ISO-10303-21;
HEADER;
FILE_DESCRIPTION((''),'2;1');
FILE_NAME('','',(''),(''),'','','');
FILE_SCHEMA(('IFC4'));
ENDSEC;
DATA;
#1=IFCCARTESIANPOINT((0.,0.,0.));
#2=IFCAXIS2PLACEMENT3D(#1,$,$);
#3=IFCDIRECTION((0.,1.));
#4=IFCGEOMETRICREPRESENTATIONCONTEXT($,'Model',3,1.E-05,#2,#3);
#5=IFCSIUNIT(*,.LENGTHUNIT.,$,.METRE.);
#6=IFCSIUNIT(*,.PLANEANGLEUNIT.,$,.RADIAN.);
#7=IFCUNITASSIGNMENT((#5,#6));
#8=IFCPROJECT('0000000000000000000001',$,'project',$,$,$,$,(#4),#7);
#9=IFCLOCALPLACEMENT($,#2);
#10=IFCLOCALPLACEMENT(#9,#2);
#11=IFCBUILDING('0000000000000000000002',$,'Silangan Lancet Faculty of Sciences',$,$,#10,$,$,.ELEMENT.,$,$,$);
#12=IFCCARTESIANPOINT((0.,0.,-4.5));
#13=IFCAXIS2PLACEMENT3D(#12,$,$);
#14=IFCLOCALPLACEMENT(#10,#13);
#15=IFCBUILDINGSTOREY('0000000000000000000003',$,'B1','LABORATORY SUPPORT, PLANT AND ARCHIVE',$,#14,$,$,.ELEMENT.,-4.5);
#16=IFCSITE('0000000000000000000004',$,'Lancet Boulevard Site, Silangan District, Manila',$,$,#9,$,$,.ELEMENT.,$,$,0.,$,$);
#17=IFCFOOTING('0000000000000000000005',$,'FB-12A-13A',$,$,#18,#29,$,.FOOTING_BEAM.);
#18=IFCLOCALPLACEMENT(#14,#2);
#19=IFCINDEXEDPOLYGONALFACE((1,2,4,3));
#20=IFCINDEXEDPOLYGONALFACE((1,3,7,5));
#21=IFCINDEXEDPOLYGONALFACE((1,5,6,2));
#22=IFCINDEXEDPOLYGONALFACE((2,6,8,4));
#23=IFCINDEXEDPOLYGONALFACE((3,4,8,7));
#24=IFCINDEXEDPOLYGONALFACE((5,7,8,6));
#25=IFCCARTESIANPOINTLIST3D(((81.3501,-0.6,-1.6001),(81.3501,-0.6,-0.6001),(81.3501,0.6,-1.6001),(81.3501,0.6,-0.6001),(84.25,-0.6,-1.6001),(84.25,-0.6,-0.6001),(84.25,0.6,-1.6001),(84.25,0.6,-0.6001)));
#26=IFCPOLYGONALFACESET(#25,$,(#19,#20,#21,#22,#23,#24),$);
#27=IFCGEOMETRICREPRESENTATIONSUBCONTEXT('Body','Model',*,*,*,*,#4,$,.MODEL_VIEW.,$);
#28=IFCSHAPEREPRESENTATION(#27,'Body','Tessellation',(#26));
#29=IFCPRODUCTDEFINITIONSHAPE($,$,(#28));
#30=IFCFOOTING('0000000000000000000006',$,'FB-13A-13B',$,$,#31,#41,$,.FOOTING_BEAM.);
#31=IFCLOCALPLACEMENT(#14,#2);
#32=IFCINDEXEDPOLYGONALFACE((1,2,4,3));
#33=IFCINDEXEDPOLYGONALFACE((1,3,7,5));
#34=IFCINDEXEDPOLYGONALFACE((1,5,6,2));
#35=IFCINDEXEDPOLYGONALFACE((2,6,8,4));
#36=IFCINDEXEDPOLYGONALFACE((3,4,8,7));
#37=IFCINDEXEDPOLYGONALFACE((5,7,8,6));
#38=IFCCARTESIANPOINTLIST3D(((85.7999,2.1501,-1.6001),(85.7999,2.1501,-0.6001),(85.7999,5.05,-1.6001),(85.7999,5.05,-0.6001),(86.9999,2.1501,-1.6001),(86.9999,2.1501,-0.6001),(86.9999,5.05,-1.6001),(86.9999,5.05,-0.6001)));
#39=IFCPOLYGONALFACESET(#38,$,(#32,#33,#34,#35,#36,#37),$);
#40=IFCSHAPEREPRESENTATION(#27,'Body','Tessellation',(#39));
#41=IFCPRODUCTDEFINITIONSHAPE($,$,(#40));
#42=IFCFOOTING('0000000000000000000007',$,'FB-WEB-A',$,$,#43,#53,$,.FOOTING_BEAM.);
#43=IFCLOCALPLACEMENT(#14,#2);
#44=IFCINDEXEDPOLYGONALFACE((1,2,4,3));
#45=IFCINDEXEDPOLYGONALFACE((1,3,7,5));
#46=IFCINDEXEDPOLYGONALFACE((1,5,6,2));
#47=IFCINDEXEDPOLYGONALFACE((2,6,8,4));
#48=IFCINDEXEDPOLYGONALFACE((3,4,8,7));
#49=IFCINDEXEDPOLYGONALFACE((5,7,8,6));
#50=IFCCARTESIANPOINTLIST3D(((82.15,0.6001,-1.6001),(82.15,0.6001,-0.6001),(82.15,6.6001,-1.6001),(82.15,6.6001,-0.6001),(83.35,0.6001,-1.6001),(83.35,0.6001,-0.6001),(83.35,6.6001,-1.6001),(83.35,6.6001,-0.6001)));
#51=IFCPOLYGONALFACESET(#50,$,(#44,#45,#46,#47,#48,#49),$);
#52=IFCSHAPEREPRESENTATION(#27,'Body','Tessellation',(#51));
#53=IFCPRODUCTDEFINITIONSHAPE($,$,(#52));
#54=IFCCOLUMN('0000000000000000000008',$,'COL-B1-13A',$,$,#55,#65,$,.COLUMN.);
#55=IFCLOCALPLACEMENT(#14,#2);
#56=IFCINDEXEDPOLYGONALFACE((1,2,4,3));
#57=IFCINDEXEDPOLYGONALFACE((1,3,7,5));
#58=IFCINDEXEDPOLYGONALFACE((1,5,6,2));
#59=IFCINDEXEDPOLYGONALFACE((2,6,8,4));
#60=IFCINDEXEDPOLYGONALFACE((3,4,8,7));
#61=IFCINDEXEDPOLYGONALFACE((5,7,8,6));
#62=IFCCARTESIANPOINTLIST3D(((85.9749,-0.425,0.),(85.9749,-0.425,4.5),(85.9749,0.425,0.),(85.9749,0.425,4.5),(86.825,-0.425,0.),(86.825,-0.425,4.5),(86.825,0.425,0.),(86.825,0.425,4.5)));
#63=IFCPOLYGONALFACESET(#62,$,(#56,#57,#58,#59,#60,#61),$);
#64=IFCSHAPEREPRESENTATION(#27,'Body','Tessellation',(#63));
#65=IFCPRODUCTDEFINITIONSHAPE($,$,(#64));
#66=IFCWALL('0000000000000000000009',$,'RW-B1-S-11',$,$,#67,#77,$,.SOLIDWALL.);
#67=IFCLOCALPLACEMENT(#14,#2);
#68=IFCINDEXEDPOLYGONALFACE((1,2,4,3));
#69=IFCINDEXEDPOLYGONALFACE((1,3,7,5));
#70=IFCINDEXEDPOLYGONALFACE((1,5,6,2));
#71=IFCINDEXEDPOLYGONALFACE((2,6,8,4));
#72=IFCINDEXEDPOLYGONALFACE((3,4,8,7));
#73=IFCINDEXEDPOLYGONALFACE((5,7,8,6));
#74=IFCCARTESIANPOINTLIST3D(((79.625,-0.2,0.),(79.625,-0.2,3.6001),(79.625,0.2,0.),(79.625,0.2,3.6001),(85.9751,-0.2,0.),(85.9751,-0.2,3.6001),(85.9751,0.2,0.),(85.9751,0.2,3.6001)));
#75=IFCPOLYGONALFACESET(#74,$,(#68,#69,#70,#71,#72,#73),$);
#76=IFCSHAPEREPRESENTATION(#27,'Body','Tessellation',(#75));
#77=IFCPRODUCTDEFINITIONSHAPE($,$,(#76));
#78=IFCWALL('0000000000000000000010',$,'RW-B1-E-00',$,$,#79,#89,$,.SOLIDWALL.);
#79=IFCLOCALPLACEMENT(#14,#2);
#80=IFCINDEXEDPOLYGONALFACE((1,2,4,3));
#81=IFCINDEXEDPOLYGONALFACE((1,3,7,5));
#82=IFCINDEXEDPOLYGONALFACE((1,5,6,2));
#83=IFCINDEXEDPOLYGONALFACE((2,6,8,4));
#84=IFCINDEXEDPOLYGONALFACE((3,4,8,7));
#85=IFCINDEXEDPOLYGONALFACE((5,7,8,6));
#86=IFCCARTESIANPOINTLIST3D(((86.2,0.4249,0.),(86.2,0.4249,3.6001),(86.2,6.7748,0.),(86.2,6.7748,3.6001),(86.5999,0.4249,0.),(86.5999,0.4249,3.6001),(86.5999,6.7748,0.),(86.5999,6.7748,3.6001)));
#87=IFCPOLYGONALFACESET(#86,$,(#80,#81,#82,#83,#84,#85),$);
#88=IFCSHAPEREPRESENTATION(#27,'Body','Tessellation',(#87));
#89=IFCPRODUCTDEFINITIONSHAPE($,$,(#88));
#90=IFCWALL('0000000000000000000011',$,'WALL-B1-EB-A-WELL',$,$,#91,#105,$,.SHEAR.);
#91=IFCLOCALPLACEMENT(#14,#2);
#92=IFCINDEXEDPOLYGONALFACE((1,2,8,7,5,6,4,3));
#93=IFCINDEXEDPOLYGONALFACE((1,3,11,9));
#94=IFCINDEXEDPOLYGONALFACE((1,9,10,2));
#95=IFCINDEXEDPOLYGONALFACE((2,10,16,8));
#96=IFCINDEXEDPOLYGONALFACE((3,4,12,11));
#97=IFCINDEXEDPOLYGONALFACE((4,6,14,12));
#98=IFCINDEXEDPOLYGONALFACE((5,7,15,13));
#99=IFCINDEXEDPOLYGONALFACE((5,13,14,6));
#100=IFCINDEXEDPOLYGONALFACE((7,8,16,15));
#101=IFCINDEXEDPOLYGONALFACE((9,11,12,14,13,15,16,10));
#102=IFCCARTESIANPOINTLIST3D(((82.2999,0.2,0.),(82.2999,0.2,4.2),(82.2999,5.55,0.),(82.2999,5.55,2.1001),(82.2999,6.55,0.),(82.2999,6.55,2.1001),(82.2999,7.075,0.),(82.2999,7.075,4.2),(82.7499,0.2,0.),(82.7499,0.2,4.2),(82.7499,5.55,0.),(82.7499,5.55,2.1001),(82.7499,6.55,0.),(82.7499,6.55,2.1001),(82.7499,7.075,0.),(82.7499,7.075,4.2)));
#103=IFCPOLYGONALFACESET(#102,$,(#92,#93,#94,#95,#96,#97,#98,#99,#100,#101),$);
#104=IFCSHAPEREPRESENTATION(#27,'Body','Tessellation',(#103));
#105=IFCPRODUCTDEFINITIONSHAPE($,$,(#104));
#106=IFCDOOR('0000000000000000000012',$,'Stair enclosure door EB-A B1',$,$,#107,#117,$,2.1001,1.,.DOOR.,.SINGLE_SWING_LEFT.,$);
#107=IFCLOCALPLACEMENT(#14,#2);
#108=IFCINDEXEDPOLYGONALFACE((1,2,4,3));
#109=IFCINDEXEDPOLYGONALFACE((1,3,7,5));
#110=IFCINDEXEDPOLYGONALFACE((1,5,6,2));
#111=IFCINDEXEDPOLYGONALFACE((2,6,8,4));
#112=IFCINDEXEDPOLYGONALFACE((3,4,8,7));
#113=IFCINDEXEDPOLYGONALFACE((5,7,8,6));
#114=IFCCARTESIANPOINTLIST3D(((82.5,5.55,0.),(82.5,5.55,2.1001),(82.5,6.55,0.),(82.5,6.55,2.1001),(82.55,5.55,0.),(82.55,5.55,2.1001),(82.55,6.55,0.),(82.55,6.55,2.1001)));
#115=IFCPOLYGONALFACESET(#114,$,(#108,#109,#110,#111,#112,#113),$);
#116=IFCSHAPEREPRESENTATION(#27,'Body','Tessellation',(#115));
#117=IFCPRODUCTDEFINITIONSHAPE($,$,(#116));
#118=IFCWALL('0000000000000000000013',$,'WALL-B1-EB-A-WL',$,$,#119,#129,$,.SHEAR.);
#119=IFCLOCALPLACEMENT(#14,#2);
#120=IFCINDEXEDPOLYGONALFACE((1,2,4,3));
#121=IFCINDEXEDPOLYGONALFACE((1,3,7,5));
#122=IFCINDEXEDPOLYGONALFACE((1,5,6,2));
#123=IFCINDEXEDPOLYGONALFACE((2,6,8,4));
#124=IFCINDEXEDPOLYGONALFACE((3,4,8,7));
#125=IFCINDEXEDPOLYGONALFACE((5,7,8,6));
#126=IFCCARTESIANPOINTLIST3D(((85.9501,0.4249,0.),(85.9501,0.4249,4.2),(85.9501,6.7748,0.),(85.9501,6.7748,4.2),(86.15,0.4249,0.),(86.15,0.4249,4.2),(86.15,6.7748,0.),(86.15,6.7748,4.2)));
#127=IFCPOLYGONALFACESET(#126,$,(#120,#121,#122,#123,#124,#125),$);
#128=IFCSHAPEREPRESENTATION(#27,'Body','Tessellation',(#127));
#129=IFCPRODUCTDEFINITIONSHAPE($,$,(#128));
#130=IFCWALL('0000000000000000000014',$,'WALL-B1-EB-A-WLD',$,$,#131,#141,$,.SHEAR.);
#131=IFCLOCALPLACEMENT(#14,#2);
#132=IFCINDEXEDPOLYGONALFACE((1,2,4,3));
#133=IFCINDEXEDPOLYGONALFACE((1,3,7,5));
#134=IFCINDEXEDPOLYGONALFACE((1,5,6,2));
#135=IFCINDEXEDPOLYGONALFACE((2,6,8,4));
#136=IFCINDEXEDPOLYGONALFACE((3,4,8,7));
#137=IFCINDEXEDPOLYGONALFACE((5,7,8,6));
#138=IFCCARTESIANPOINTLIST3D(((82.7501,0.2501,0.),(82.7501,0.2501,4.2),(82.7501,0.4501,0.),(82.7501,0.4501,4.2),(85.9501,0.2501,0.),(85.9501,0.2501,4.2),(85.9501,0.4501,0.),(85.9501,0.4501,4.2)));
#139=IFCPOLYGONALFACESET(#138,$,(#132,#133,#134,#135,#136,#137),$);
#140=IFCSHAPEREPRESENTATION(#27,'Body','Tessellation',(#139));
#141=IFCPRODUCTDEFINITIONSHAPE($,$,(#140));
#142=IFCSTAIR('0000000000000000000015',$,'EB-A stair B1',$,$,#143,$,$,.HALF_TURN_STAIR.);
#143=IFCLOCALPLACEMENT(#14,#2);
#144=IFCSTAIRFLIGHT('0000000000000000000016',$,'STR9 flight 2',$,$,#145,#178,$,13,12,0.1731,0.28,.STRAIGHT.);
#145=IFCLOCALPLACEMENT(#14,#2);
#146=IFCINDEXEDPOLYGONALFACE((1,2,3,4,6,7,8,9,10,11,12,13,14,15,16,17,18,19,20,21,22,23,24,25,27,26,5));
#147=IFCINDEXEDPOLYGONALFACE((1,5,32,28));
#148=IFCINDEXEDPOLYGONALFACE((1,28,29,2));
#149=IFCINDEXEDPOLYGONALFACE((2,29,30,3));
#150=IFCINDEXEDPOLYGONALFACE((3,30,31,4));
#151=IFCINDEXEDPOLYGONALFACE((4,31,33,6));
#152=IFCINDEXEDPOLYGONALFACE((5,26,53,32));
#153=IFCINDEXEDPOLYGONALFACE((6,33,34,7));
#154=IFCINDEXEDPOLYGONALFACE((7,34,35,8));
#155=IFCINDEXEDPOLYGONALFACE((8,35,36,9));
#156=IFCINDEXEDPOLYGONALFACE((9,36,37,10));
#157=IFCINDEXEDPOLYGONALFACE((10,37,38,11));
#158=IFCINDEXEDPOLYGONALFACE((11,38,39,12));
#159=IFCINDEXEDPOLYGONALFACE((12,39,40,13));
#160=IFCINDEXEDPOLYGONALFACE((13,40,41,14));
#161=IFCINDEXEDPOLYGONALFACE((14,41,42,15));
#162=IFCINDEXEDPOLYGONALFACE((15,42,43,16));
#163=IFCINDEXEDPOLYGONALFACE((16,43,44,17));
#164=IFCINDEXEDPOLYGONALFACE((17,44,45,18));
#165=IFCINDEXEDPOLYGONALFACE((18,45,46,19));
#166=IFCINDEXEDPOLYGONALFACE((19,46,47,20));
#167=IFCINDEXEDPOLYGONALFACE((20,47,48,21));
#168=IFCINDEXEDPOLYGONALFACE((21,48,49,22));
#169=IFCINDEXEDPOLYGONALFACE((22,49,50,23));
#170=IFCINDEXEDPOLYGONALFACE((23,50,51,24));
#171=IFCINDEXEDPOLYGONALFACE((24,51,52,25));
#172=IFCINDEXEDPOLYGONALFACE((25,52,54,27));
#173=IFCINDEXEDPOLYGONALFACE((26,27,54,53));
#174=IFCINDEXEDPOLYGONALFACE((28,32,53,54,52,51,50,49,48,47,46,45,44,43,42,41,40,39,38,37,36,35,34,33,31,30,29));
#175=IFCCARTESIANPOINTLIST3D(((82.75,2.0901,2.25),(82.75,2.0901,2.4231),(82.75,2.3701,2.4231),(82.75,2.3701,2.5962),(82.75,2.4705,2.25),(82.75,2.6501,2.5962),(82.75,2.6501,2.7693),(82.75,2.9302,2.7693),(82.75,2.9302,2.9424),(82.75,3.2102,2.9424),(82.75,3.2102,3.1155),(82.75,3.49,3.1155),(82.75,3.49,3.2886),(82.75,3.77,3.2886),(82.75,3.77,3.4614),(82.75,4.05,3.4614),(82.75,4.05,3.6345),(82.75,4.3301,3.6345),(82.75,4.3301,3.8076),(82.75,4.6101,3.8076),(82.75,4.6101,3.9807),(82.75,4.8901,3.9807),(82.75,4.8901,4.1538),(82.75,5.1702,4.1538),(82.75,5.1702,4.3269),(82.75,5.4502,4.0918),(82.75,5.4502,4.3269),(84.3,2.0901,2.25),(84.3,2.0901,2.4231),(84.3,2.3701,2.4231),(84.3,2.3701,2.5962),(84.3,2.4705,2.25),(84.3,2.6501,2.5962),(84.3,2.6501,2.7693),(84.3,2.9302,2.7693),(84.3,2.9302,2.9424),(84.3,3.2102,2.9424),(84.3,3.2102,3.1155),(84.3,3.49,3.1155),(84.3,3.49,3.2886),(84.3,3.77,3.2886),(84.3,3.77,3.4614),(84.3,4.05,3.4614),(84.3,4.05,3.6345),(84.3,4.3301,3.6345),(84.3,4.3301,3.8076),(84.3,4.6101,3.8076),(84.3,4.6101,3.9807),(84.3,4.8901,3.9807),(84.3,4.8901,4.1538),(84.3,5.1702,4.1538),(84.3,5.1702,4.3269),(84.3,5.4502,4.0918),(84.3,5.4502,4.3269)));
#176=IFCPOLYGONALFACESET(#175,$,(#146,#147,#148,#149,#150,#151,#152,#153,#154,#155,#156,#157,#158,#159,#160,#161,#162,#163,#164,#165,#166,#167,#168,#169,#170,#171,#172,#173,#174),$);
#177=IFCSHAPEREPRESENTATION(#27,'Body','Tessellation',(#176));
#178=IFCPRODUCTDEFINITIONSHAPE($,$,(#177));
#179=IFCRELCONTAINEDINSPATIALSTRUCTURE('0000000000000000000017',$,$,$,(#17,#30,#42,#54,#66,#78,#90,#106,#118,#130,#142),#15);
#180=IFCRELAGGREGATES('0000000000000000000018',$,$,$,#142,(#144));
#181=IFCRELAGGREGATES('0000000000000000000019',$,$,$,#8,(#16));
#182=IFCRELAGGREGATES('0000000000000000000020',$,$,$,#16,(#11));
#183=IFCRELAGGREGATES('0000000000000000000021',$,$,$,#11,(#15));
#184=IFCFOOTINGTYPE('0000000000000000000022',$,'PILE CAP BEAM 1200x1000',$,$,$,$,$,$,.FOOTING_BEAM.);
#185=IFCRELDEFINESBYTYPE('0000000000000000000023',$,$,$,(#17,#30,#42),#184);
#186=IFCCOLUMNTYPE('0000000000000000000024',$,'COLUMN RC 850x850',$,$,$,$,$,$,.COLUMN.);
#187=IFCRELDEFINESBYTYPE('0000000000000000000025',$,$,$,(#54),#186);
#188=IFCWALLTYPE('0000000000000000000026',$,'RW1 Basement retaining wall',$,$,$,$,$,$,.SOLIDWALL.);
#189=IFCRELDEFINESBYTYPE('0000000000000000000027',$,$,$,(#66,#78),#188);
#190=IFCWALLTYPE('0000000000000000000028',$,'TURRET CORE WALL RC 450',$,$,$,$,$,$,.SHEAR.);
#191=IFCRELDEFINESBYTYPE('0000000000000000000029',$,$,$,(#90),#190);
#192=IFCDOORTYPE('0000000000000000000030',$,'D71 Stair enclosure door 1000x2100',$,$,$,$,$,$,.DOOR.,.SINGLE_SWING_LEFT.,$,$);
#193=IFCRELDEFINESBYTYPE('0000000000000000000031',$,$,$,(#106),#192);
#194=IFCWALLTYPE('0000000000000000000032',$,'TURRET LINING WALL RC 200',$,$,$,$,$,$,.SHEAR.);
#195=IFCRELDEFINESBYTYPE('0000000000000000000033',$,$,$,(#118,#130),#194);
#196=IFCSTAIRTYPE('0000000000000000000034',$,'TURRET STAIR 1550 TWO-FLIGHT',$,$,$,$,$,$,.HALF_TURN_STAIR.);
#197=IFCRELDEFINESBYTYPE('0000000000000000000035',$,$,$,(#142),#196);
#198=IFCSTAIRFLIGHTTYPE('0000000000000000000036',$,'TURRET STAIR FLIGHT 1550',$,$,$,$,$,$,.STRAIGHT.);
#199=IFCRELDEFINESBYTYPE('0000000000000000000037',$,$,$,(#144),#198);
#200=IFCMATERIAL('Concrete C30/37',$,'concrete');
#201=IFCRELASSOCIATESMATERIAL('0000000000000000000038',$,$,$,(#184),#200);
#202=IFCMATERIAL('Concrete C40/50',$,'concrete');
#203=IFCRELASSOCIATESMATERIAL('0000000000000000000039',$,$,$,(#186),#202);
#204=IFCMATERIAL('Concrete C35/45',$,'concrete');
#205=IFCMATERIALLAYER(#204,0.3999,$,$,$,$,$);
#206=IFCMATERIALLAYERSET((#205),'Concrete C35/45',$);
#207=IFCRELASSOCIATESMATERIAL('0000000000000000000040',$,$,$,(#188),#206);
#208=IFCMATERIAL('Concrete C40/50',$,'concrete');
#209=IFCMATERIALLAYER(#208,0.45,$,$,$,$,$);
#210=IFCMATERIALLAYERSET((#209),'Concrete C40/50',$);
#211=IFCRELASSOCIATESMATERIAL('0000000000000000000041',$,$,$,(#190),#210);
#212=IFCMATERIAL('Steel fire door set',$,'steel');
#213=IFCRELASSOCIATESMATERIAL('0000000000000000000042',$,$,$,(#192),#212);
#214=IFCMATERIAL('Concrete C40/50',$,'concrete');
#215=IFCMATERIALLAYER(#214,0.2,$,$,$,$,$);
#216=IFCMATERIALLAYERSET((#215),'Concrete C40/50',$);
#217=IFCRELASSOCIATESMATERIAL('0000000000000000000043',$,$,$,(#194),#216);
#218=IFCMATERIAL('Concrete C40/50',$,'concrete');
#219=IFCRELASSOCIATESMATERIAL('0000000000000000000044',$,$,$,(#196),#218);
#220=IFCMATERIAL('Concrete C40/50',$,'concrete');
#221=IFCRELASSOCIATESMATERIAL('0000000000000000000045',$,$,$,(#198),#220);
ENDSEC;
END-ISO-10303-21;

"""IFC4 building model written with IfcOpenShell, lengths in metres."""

from ifc_helpers import new_model, si_unit, direction, frame, frame_2d, origin, origin_2d, place, context, subcontext, project, spatial, polyline, rectangle, outline, extrude, material, layer, layer_set, material_profile, profile_set, type_object, element, fill, aggregate, save


model = new_model("IFC4")

# Units and contexts
model_context = context("Model", 3, precision=1e-05, world=origin(), true_north=direction((0.0, 1.0)))
body_context = subcontext(model_context, "Body", "Model", "MODEL_VIEW")
ifc_project = project(units=[si_unit("LENGTHUNIT", "METRE"), si_unit("PLANEANGLEUNIT", "RADIAN")], contexts=[model_context])

# Site, building, storey
site_placement = place(None, origin())
site = spatial("IfcSite", under=ifc_project, at=site_placement, Name="Lancet Boulevard Site, Silangan District, Manila", CompositionType="ELEMENT", RefElevation=0.0)
building_placement = place(site_placement, origin())
building = spatial("IfcBuilding", under=site, at=building_placement, Name="Silangan Lancet Faculty of Sciences", CompositionType="ELEMENT")
storey_placement = place(building_placement, frame((0.0, 0.0, -4.5)))
storey = spatial("IfcBuildingStorey", under=building, at=storey_placement, Name="B1", Description="LABORATORY SUPPORT, PLANT AND ARCHIVE", CompositionType="ELEMENT", Elevation=-4.5)

# Footings
ifc_material_1 = material(Name="Concrete C30/37", Category="concrete")
footing_type_1 = type_object("IfcFootingType", Name="PILE CAP BEAM 1200x1000", PredefinedType="FOOTING_BEAM", material=ifc_material_1)
for number, where, z_axis, x_axis, name in (
    (1, (82.8, 0.0, -1.6001), (0.0, 0.0, 1.0), (1.0, 0.0, 0.0), "FB-12A-13A"),
    (2, (86.3999, 3.6001, -1.6001), (0.0, 0.0, 1.0), (0.0, 1.0, 0.0), "FB-13A-13B"),
):
    element("IfcFooting", number, at=place(storey_placement, frame(where, z_axis=z_axis, x_axis=x_axis)), inside=storey, type_object=footing_type_1, Name=name, PredefinedType="FOOTING_BEAM", context=body_context, shape_type="SweptSolid", body=[
        extrude(rectangle(XDim=2.8999, YDim=1.2, at=origin_2d()), origin(), (0.0, 0.0, 1.0), 1.0),
    ])
footing_1_placement = place(storey_placement, frame((82.75, 3.6001, -1.6001), z_axis=(0.0, 0.0, 1.0), x_axis=(0.0, 1.0, 0.0)))
element("IfcFooting", 3, at=footing_1_placement, inside=storey, type_object=footing_type_1, Name="FB-WEB-A", PredefinedType="FOOTING_BEAM", context=body_context, shape_type="SweptSolid", body=[
    extrude(rectangle(XDim=6.0, YDim=1.2, at=origin_2d()), origin(), (0.0, 0.0, 1.0), 1.0),
])

# Column
ifc_material_2 = material(Name="Concrete C40/50", Category="concrete")
ifc_material_profile_1 = material_profile(ifc_material_2, rectangle(XDim=0.8501, YDim=0.8501, at=origin_2d()), Name="RC 850x850")
ifc_profile_set_1 = profile_set([ifc_material_profile_1], Name="Concrete C40/50")
column_type = type_object("IfcColumnType", Name="COLUMN RC 850x850", PredefinedType="COLUMN", material=ifc_profile_set_1)
column_placement = place(storey_placement, frame((86.3999, 0.0, 0.0), z_axis=(0.0, 0.0, 1.0), x_axis=(1.0, 0.0, 0.0)))
element("IfcColumn", 4, at=column_placement, inside=storey, type_object=column_type, Name="COL-B1-13A", PredefinedType="COLUMN", context=body_context, shape_type="SweptSolid", body=[
    extrude(rectangle(XDim=0.8501, YDim=0.8501, at=origin_2d()), origin(), (0.0, 0.0, 1.0), 4.5),
])

# Walls
ifc_material_3 = material(Name="Concrete C35/45", Category="concrete")
ifc_layer_1 = layer(ifc_material_3, 0.3999)
ifc_layer_set_1 = layer_set([ifc_layer_1], Name="Concrete C35/45")
wall_type_1 = type_object("IfcWallType", Name="RW1 Basement retaining wall", PredefinedType="SOLIDWALL", material=ifc_layer_set_1)
wall_1_placement = place(storey_placement, frame((79.625, 0.0, 0.0), z_axis=(0.0, 0.0, 1.0), x_axis=(1.0, 0.0, 0.0)))
element("IfcWall", 5, at=wall_1_placement, inside=storey, type_object=wall_type_1, Name="RW-B1-S-11", PredefinedType="SOLIDWALL", context=body_context, shape_type="SweptSolid", body=[
    extrude(rectangle(XDim=6.3501, YDim=0.3999, at=frame_2d((3.175, 0.0))), origin(), (0.0, 0.0, 1.0), 3.6001),
])
wall_2_placement = place(storey_placement, frame((86.3999, 0.425, 0.0), z_axis=(0.0, 0.0, 1.0), x_axis=(0.0, 1.0, 0.0)))
element("IfcWall", 6, at=wall_2_placement, inside=storey, type_object=wall_type_1, Name="RW-B1-E-00", PredefinedType="SOLIDWALL", context=body_context, shape_type="SweptSolid", body=[
    extrude(rectangle(XDim=6.3499, YDim=0.3999, at=frame_2d((3.1748, 0.0))), origin(), (0.0, 0.0, 1.0), 3.6001),
])

# Wall, opening, door
ifc_material_4 = material(Name="Concrete C40/50", Category="concrete")
ifc_layer_2 = layer(ifc_material_4, 0.45)
ifc_layer_set_2 = layer_set([ifc_layer_2], Name="Concrete C40/50")
wall_type_2 = type_object("IfcWallType", Name="TURRET CORE WALL RC 450", PredefinedType="SHEAR", material=ifc_layer_set_2)
wall_3_placement = place(storey_placement, frame((82.5249, 0.2, 0.0), z_axis=(0.0, 0.0, 1.0), x_axis=(0.0, 1.0, 0.0)))
wall_3 = element("IfcWall", 7, at=wall_3_placement, inside=storey, type_object=wall_type_2, Name="WALL-B1-EB-A-WELL", PredefinedType="SHEAR", context=body_context, shape_type="SweptSolid", body=[
    extrude(rectangle(XDim=6.875, YDim=0.45, at=frame_2d((3.4375, 0.0))), origin(), (0.0, 0.0, 1.0), 4.2),
])
opening_placement = place(wall_3_placement, frame((5.3501, 0.0, 0.0)))
opening = element("IfcOpeningElement", 8, at=opening_placement, cuts=wall_3, PredefinedType="OPENING", context=body_context, shape_type="SweptSolid", body=[
    extrude(rectangle(XDim=1.0, YDim=2.1001, at=frame_2d((0.5, 1.05))), frame((0.0, 0.2349, 0.0), z_axis=(0.0, -1.0, 0.0), x_axis=(1.0, 0.0, 0.0)), (0.0, 0.0, 1.0), 0.47),
])
ifc_material_5 = material(Name="Steel fire door set", Category="steel")
door_type = type_object("IfcDoorType", Name="D71 Stair enclosure door 1000x2100", OperationType="SINGLE_SWING_LEFT", PredefinedType="DOOR", material=ifc_material_5)
door_placement = place(opening_placement, frame((1.0, 0.0, 0.0), z_axis=(0.0, 0.0, 1.0), x_axis=(-1.0, 0.0, 0.0)))
door = element("IfcDoor", 9, at=door_placement, inside=storey, type_object=door_type, Name="Stair enclosure door EB-A B1", OperationType="SINGLE_SWING_LEFT", OverallHeight=2.1001, OverallWidth=1.0, PredefinedType="DOOR", context=body_context, shape_type="SweptSolid", body=[
    extrude(rectangle(XDim=1.0, YDim=2.1001, at=frame_2d((0.5, 1.05))), frame((0.0, 0.0251, 0.0), z_axis=(0.0, -1.0, 0.0), x_axis=(1.0, 0.0, 0.0)), (0.0, 0.0, 1.0), 0.05),
])
fill(opening, door)

# Walls
ifc_material_6 = material(Name="Concrete C40/50", Category="concrete")
ifc_layer_3 = layer(ifc_material_6, 0.2)
ifc_layer_set_3 = layer_set([ifc_layer_3], Name="Concrete C40/50")
wall_type_3 = type_object("IfcWallType", Name="TURRET LINING WALL RC 200", PredefinedType="SHEAR", material=ifc_layer_set_3)
wall_4_placement = place(storey_placement, frame((86.05, 0.425, 0.0), z_axis=(0.0, 0.0, 1.0), x_axis=(0.0, 1.0, 0.0)))
element("IfcWall", 10, at=wall_4_placement, inside=storey, type_object=wall_type_3, Name="WALL-B1-EB-A-WL", PredefinedType="SHEAR", context=body_context, shape_type="SweptSolid", body=[
    extrude(rectangle(XDim=6.3499, YDim=0.2, at=frame_2d((3.1748, 0.0))), origin(), (0.0, 0.0, 1.0), 4.2),
])
wall_5_placement = place(storey_placement, frame((82.75, 0.3501, 0.0), z_axis=(0.0, 0.0, 1.0), x_axis=(1.0, 0.0, 0.0)))
element("IfcWall", 11, at=wall_5_placement, inside=storey, type_object=wall_type_3, Name="WALL-B1-EB-A-WLD", PredefinedType="SHEAR", context=body_context, shape_type="SweptSolid", body=[
    extrude(rectangle(XDim=3.2, YDim=0.2, at=frame_2d((1.6001, 0.0))), origin(), (0.0, 0.0, 1.0), 4.2),
])

# Stair, stair flight
ifc_material_7 = material(Name="Concrete C40/50", Category="concrete")
stair_type = type_object("IfcStairType", Name="TURRET STAIR 1550 TWO-FLIGHT", PredefinedType="HALF_TURN_STAIR", material=ifc_material_7)
stair_placement = place(storey_placement, origin())
stair = element("IfcStair", 12, at=stair_placement, inside=storey, type_object=stair_type, Name="EB-A stair B1", PredefinedType="HALF_TURN_STAIR")
ifc_material_8 = material(Name="Concrete C40/50", Category="concrete")
stair_flight_type = type_object("IfcStairFlightType", Name="TURRET STAIR FLIGHT 1550", PredefinedType="STRAIGHT", material=ifc_material_8)
stair_flight_placement = place(storey_placement, frame((83.5249, 2.0901, 2.25), z_axis=(0.0, 0.0, 1.0), x_axis=(0.0, 1.0, 0.0)))
stair_flight = element("IfcStairFlight", 13, at=stair_flight_placement, type_object=stair_flight_type, Name="STR9 flight 2", NumberOfRisers=13, NumberOfTreads=12, PredefinedType="STRAIGHT", RiserHeight=0.1731, TreadLength=0.28, context=body_context, shape_type="SweptSolid", body=[
    extrude(outline(polyline([(0.0, 0.0), (0.0, 0.1731), (0.28, 0.1731), (0.28, 0.3462), (0.5601, 0.3462), (0.5601, 0.5193), (0.8401, 0.5193), (0.8401, 0.6924), (1.1201, 0.6924), (1.1201, 0.8655), (1.3999, 0.8655), (1.3999, 1.0386), (1.6799, 1.0386), (1.6799, 1.2114), (1.96, 1.2114), (1.96, 1.3845), (2.24, 1.3845), (2.24, 1.5576), (2.52, 1.5576), (2.52, 1.7307), (2.8, 1.7307), (2.8, 1.9038), (3.0801, 1.9038), (3.0801, 2.0769), (3.3601, 2.0769), (3.3601, 2.25), (3.3601, 1.8418), (0.3804, 0.0), (0.0, 0.0)])), frame((0.0, 0.7749, 0.0), z_axis=(0.0, -1.0, 0.0), x_axis=(1.0, 0.0, 0.0)), (0.0, 0.0, 1.0), 1.55),
])
aggregate(stair, [stair_flight])

save(model, "model.ifc")
